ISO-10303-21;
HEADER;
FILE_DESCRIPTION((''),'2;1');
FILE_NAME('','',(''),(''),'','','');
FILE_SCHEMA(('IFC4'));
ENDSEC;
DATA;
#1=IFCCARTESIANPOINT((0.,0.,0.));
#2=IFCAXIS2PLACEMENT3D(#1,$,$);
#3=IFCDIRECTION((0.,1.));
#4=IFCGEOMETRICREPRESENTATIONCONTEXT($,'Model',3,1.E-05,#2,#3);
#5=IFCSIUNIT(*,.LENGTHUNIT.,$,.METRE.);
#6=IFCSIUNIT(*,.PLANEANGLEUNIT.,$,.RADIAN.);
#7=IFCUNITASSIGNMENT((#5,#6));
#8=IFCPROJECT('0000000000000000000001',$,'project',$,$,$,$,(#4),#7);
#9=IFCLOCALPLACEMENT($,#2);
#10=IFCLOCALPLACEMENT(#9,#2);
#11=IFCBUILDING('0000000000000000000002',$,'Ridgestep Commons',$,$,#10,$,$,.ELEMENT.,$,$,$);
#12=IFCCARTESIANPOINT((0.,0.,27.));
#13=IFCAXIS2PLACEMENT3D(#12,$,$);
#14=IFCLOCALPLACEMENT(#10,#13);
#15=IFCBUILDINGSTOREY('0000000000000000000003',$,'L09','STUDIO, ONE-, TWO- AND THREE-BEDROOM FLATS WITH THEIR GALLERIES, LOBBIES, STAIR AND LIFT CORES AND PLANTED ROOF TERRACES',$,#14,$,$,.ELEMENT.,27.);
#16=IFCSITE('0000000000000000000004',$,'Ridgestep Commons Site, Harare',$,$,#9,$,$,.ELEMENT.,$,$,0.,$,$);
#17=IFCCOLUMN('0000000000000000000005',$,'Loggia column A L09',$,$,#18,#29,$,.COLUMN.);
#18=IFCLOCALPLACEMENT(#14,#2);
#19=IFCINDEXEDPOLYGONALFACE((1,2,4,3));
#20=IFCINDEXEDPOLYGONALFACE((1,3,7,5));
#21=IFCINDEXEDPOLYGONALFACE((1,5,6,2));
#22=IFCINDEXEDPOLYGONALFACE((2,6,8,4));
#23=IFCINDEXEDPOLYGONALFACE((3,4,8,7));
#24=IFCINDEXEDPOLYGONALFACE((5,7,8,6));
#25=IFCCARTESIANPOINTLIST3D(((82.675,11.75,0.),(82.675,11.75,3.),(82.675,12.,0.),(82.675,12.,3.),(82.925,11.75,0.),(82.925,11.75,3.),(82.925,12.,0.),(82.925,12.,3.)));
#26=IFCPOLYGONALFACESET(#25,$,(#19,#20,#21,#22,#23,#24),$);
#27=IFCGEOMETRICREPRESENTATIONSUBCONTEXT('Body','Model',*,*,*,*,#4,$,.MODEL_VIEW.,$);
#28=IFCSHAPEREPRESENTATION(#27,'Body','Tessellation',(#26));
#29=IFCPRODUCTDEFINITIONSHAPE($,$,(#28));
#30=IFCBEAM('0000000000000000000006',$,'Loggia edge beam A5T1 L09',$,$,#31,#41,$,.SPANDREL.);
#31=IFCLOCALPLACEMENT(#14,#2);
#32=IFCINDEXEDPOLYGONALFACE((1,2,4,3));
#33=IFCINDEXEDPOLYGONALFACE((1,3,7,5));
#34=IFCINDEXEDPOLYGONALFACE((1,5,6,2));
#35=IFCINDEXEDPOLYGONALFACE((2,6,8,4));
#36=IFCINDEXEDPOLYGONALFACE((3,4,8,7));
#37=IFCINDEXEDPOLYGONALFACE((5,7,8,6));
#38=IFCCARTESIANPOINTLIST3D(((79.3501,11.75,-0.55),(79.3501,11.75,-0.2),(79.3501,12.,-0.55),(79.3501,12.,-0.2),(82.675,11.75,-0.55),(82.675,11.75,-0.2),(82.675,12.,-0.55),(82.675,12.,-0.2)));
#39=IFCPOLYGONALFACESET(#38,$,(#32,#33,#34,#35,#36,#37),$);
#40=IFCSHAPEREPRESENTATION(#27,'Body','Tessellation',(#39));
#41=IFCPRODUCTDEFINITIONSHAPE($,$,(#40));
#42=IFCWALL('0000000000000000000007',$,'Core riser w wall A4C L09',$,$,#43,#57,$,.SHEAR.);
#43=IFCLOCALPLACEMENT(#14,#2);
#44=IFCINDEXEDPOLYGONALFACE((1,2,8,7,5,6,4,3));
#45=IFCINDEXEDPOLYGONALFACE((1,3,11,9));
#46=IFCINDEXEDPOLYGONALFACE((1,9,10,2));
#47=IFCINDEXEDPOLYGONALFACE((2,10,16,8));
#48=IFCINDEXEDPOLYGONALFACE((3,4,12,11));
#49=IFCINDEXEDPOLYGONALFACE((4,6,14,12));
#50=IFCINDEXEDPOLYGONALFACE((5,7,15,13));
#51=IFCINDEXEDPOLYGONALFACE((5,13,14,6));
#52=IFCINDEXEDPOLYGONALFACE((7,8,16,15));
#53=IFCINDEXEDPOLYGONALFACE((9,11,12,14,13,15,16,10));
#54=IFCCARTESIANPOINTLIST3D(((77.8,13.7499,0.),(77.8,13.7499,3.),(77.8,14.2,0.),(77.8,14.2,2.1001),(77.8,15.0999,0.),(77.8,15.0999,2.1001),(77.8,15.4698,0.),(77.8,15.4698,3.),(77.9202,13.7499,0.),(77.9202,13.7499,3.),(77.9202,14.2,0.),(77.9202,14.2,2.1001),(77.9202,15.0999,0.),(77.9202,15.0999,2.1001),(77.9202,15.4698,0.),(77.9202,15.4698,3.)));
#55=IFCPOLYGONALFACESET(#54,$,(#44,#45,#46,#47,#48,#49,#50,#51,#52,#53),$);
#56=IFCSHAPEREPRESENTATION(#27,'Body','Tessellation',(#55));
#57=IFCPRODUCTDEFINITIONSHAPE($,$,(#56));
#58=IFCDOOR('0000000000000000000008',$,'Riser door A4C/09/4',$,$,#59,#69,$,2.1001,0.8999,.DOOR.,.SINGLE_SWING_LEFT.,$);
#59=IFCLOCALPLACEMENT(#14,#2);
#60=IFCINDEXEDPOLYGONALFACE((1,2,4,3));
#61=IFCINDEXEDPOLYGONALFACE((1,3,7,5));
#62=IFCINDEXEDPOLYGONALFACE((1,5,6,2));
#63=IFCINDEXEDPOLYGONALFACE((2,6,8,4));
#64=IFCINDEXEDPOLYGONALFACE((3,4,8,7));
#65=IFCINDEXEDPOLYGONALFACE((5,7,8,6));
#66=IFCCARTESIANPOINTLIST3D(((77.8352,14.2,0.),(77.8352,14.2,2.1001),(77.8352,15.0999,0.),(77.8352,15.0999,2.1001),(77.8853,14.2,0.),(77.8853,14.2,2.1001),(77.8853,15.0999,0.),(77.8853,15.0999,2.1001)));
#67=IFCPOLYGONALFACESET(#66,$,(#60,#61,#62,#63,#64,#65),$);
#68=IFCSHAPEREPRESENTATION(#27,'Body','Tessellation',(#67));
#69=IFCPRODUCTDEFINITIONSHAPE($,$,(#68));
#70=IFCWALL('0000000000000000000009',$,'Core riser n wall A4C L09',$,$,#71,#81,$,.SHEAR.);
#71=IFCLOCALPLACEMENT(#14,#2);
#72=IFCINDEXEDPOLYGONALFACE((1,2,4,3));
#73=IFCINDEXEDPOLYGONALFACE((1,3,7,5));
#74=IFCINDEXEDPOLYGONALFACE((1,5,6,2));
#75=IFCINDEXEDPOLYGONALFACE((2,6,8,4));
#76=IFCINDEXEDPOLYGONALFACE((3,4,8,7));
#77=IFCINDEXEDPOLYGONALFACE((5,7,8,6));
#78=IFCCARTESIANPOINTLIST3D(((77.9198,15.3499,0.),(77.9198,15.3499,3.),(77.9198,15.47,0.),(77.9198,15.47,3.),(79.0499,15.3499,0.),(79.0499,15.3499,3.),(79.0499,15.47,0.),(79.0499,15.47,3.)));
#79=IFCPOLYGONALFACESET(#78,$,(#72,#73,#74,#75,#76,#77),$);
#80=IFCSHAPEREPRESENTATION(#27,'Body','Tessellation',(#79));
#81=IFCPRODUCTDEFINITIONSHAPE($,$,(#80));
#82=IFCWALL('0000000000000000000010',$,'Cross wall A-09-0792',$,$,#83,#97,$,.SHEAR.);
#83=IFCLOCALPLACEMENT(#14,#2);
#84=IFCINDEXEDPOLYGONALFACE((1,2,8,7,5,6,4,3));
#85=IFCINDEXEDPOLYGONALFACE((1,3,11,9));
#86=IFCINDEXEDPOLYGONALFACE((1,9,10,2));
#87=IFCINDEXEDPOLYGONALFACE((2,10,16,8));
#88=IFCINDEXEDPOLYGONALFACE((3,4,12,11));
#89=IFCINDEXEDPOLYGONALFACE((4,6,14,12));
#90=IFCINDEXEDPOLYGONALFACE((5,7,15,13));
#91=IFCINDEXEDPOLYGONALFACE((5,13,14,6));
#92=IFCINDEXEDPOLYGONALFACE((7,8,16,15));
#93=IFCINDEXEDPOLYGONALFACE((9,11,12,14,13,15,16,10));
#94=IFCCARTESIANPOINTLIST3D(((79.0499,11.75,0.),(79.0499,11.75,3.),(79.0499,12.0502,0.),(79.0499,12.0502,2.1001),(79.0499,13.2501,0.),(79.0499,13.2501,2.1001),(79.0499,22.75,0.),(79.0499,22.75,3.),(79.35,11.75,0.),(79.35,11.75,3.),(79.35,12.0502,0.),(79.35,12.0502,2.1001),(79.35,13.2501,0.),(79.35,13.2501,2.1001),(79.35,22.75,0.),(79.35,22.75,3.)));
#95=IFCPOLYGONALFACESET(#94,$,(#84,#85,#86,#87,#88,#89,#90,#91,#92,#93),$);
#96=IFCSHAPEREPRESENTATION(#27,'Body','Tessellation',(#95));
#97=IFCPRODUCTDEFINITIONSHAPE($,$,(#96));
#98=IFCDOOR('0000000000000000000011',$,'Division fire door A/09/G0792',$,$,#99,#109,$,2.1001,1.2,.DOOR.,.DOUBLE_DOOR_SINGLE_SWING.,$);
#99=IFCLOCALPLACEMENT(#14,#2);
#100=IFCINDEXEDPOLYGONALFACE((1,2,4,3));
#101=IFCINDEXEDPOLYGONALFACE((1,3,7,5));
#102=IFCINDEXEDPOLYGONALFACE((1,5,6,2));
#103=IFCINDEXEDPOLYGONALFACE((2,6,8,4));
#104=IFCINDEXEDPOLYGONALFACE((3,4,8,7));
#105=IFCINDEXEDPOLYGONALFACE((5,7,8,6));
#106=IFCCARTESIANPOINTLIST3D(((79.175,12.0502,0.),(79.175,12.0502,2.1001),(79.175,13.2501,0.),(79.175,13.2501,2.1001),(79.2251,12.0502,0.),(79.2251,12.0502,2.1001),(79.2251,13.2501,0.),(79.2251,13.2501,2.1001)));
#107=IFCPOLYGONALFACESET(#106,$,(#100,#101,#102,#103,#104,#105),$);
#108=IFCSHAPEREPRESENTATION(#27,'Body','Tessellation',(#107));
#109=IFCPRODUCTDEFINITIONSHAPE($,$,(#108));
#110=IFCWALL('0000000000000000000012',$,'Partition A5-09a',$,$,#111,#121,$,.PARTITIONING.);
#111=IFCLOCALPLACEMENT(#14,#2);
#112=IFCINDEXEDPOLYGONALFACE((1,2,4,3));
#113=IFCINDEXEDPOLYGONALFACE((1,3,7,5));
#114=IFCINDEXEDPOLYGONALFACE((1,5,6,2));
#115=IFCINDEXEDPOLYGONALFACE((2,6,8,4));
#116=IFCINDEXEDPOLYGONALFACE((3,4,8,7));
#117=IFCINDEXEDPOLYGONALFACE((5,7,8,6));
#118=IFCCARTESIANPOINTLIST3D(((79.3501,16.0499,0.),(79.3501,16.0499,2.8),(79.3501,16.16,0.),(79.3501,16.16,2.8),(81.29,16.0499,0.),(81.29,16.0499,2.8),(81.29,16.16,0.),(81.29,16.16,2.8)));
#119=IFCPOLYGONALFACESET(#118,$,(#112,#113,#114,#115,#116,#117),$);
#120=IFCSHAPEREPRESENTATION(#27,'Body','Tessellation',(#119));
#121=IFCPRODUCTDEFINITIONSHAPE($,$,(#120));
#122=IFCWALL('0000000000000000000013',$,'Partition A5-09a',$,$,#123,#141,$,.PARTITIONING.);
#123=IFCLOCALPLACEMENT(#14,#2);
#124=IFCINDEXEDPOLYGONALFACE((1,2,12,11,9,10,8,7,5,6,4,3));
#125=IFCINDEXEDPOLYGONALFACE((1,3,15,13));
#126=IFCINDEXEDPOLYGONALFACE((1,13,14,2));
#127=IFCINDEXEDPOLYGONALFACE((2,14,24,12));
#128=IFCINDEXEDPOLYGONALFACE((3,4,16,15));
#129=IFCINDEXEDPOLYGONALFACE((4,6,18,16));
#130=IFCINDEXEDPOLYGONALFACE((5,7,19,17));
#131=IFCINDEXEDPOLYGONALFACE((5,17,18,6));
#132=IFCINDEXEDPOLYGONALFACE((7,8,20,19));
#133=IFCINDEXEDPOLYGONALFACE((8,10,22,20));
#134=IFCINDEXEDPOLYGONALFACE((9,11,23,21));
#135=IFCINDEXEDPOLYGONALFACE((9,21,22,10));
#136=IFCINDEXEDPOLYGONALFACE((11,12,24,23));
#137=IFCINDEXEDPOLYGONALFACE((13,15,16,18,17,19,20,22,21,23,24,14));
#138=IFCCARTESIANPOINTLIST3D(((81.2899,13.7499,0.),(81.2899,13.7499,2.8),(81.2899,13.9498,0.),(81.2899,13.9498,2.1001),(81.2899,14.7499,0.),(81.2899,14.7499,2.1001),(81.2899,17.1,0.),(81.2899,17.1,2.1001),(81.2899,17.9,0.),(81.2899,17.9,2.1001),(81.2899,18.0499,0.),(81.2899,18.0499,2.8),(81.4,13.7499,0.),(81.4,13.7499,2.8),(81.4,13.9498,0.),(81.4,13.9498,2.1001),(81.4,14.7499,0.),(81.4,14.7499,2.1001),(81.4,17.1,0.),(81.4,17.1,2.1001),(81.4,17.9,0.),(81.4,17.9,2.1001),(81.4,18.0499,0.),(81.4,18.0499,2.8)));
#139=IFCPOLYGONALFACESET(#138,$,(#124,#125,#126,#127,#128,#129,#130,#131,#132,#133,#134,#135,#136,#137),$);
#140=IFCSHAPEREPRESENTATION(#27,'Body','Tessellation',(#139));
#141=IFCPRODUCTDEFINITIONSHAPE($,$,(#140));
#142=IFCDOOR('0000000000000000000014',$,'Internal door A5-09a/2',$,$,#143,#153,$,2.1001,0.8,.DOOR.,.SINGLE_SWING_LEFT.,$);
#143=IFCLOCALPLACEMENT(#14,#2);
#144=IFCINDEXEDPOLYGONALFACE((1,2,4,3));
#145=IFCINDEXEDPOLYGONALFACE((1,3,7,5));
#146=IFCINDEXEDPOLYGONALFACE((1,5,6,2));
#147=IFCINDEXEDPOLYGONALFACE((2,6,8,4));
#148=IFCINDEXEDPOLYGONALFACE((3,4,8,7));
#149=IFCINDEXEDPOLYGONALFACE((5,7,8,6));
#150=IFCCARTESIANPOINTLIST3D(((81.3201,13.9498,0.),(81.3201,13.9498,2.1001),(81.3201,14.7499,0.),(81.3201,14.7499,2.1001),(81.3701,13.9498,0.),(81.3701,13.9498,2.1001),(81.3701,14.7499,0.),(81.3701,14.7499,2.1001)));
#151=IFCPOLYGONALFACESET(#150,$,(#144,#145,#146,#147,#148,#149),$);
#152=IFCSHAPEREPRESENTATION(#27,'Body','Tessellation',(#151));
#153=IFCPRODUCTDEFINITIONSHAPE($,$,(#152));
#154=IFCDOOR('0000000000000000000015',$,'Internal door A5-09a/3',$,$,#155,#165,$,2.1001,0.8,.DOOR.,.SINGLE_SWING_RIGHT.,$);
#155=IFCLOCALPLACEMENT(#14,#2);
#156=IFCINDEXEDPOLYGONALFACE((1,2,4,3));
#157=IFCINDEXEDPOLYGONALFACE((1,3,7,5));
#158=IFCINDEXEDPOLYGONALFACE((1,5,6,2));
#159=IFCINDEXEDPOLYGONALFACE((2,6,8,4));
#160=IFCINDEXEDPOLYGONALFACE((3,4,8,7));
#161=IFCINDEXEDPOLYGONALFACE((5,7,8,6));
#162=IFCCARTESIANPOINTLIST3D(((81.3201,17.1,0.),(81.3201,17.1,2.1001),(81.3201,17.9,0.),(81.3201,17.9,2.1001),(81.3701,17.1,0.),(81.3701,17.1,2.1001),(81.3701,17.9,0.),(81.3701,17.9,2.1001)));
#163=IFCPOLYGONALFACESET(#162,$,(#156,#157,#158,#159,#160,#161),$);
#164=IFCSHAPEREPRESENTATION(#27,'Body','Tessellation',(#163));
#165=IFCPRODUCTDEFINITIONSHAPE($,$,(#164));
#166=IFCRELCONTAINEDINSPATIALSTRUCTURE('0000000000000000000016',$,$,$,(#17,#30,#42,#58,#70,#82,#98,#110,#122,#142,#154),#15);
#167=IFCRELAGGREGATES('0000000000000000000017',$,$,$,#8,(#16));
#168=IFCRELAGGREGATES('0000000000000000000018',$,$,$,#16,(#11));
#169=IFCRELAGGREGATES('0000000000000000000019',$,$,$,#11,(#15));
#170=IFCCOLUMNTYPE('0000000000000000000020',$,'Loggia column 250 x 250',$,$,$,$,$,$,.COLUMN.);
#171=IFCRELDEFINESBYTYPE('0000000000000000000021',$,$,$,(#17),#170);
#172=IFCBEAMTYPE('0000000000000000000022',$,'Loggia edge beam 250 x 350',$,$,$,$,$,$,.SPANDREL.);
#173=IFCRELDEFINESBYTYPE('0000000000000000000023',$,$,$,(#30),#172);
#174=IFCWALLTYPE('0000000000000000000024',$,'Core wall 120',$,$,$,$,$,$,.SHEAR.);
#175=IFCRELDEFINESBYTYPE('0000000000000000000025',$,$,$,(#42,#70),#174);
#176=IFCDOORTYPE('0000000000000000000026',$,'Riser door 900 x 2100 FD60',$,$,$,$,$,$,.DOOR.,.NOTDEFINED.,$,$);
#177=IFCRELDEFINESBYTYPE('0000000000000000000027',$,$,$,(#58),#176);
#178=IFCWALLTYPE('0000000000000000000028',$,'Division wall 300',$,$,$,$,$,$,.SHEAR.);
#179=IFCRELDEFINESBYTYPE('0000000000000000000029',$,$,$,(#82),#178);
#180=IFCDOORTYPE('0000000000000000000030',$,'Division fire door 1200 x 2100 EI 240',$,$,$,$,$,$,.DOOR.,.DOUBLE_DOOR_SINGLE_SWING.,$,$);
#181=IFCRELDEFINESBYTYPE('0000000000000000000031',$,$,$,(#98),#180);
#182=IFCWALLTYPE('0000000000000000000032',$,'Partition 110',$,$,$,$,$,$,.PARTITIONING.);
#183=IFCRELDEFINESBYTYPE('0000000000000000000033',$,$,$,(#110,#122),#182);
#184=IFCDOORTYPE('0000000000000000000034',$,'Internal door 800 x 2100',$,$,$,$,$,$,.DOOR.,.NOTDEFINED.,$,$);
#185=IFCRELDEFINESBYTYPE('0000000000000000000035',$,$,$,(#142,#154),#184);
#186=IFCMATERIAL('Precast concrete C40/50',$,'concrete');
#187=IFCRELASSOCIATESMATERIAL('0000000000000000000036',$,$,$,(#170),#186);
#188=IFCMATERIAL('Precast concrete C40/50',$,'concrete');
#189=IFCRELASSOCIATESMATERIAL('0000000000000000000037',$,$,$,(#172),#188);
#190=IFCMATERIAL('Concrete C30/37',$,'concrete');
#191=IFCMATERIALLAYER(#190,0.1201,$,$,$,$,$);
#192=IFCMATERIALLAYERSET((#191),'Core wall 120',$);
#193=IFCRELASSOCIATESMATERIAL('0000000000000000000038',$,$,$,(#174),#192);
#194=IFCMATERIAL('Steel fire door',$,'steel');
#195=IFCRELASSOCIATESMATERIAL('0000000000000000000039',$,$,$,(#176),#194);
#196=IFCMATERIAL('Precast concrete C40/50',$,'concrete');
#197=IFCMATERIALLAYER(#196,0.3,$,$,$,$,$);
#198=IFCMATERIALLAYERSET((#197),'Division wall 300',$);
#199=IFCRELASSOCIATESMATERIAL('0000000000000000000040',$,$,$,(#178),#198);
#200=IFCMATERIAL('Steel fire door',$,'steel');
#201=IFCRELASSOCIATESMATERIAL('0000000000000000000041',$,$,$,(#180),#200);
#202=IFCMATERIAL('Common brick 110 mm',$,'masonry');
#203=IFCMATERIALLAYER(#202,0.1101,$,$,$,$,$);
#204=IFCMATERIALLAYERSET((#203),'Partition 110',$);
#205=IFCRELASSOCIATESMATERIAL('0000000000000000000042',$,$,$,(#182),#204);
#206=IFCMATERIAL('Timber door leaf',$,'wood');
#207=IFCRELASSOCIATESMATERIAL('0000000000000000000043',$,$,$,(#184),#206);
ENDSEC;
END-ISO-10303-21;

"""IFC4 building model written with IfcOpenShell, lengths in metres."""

from ifc_helpers import new_model, si_unit, direction, frame, frame_2d, origin, origin_2d, place, context, subcontext, project, spatial, rectangle, extrude, material, layer, layer_set, material_profile, profile_set, type_object, element, fill, save


model = new_model("IFC4")

# Units and contexts
model_context = context("Model", 3, precision=1e-05, world=origin(), true_north=direction((0.0, 1.0)))
body_context = subcontext(model_context, "Body", "Model", "MODEL_VIEW")
ifc_project = project(units=[si_unit("LENGTHUNIT", "METRE"), si_unit("PLANEANGLEUNIT", "RADIAN")], contexts=[model_context])

# Site, building, storey
site_placement = place(None, origin())
site = spatial("IfcSite", under=ifc_project, at=site_placement, Name="Ridgestep Commons Site, Harare", CompositionType="ELEMENT", RefElevation=0.0)
building_placement = place(site_placement, origin())
building = spatial("IfcBuilding", under=site, at=building_placement, Name="Ridgestep Commons", CompositionType="ELEMENT")
storey_placement = place(building_placement, frame((0.0, 0.0, 27.0)))
storey = spatial("IfcBuildingStorey", under=building, at=storey_placement, Name="L09", Description="STUDIO, ONE-, TWO- AND THREE-BEDROOM FLATS WITH THEIR GALLERIES, LOBBIES, STAIR AND LIFT CORES AND PLANTED ROOF TERRACES", CompositionType="ELEMENT", Elevation=27.0)

# Column
ifc_material_1 = material(Name="Precast concrete C40/50", Category="concrete")
ifc_material_profile_1 = material_profile(ifc_material_1, rectangle(XDim=0.25, YDim=0.25, at=origin_2d()), Name="PC 250x250")
ifc_profile_set_1 = profile_set([ifc_material_profile_1], Name="Precast concrete C40/50")
column_type = type_object("IfcColumnType", Name="Loggia column 250 x 250", PredefinedType="COLUMN", material=ifc_profile_set_1)
column_placement = place(storey_placement, frame((82.8, 11.875, 0.0), z_axis=(0.0, 0.0, 1.0), x_axis=(1.0, 0.0, 0.0)))
element("IfcColumn", 1, at=column_placement, inside=storey, type_object=column_type, Name="Loggia column A L09", PredefinedType="COLUMN", context=body_context, shape_type="SweptSolid", body=[
    extrude(rectangle(XDim=0.25, YDim=0.25, at=origin_2d()), origin(), (0.0, 0.0, 1.0), 3.0),
])

# Beam
ifc_material_2 = material(Name="Precast concrete C40/50", Category="concrete")
ifc_material_profile_2 = material_profile(ifc_material_2, rectangle(XDim=0.25, YDim=0.3501, at=origin_2d()), Name="PC 250x350")
ifc_profile_set_2 = profile_set([ifc_material_profile_2], Name="Precast concrete C40/50")
beam_type = type_object("IfcBeamType", Name="Loggia edge beam 250 x 350", PredefinedType="SPANDREL", material=ifc_profile_set_2)
beam_placement = place(storey_placement, frame((79.3501, 11.875, -0.375), z_axis=(1.0, 0.0, 0.0), x_axis=(0.0, 1.0, 0.0)))
element("IfcBeam", 2, at=beam_placement, inside=storey, type_object=beam_type, Name="Loggia edge beam A5T1 L09", PredefinedType="SPANDREL", context=body_context, shape_type="SweptSolid", body=[
    extrude(rectangle(XDim=0.25, YDim=0.3501, at=origin_2d()), origin(), (0.0, 0.0, 1.0), 3.325),
])

# Wall, opening, door
ifc_material_3 = material(Name="Concrete C30/37", Category="concrete")
ifc_layer_1 = layer(ifc_material_3, 0.1201)
ifc_layer_set_1 = layer_set([ifc_layer_1], Name="Core wall 120")
wall_type_1 = type_object("IfcWallType", Name="Core wall 120", PredefinedType="SHEAR", material=ifc_layer_set_1)
wall_1_placement = place(storey_placement, frame((77.8601, 13.75, 0.0), z_axis=(0.0, 0.0, 1.0), x_axis=(0.0, 1.0, 0.0)))
wall_1 = element("IfcWall", 3, at=wall_1_placement, inside=storey, type_object=wall_type_1, Name="Core riser w wall A4C L09", PredefinedType="SHEAR", context=body_context, shape_type="SweptSolid", body=[
    extrude(rectangle(XDim=1.72, YDim=0.1201, at=frame_2d((0.8599, 0.0))), origin(), (0.0, 0.0, 1.0), 3.0),
])
opening_1_placement = place(wall_1_placement, frame((0.45, 0.0, 0.0)))
opening_1 = element("IfcOpeningElement", 4, at=opening_1_placement, cuts=wall_1, PredefinedType="OPENING", context=body_context, shape_type="SweptSolid", body=[
    extrude(rectangle(XDim=0.8999, YDim=2.1001, at=frame_2d((0.45, 1.05))), frame((0.0, 0.0701, 0.0), z_axis=(0.0, -1.0, 0.0), x_axis=(1.0, 0.0, 0.0)), (0.0, 0.0, 1.0), 0.1401),
])
ifc_material_4 = material(Name="Steel fire door", Category="steel")
door_type_1 = type_object("IfcDoorType", Name="Riser door 900 x 2100 FD60", OperationType="NOTDEFINED", PredefinedType="DOOR", material=ifc_material_4)
door_1_placement = place(opening_1_placement, origin())
door_1 = element("IfcDoor", 5, at=door_1_placement, inside=storey, type_object=door_type_1, Name="Riser door A4C/09/4", OperationType="SINGLE_SWING_LEFT", OverallHeight=2.1001, OverallWidth=0.8999, PredefinedType="DOOR", context=body_context, shape_type="SweptSolid", body=[
    extrude(rectangle(XDim=0.8999, YDim=2.1001, at=frame_2d((0.45, 1.05))), frame((0.0, 0.0249, 0.0), z_axis=(0.0, -1.0, 0.0), x_axis=(1.0, 0.0, 0.0)), (0.0, 0.0, 1.0), 0.05),
])
fill(opening_1, door_1)

# Wall
wall_2_placement = place(storey_placement, frame((77.9199, 15.4099, 0.0), z_axis=(0.0, 0.0, 1.0), x_axis=(1.0, 0.0, 0.0)))
element("IfcWall", 6, at=wall_2_placement, inside=storey, type_object=wall_type_1, Name="Core riser n wall A4C L09", PredefinedType="SHEAR", context=body_context, shape_type="SweptSolid", body=[
    extrude(rectangle(XDim=1.1301, YDim=0.1201, at=frame_2d((0.5649, 0.0))), origin(), (0.0, 0.0, 1.0), 3.0),
])

# Wall, opening, door
ifc_material_5 = material(Name="Precast concrete C40/50", Category="concrete")
ifc_layer_2 = layer(ifc_material_5, 0.3)
ifc_layer_set_2 = layer_set([ifc_layer_2], Name="Division wall 300")
wall_type_2 = type_object("IfcWallType", Name="Division wall 300", PredefinedType="SHEAR", material=ifc_layer_set_2)
wall_3_placement = place(storey_placement, frame((79.2, 11.75, 0.0), z_axis=(0.0, 0.0, 1.0), x_axis=(0.0, 1.0, 0.0)))
wall_3 = element("IfcWall", 7, at=wall_3_placement, inside=storey, type_object=wall_type_2, Name="Cross wall A-09-0792", PredefinedType="SHEAR", context=body_context, shape_type="SweptSolid", body=[
    extrude(rectangle(XDim=11.0, YDim=0.3, at=frame_2d((5.5, 0.0))), origin(), (0.0, 0.0, 1.0), 3.0),
])
opening_2_placement = place(wall_3_placement, frame((0.3, 0.0, 0.0)))
opening_2 = element("IfcOpeningElement", 8, at=opening_2_placement, cuts=wall_3, PredefinedType="OPENING", context=body_context, shape_type="SweptSolid", body=[
    extrude(rectangle(XDim=1.2, YDim=2.1001, at=frame_2d((0.6001, 1.05))), frame((0.0, 0.1599, 0.0), z_axis=(0.0, -1.0, 0.0), x_axis=(1.0, 0.0, 0.0)), (0.0, 0.0, 1.0), 0.3201),
])
ifc_material_6 = material(Name="Steel fire door", Category="steel")
door_type_2 = type_object("IfcDoorType", Name="Division fire door 1200 x 2100 EI 240", OperationType="DOUBLE_DOOR_SINGLE_SWING", PredefinedType="DOOR", material=ifc_material_6)
door_2_placement = place(opening_2_placement, origin())
door_2 = element("IfcDoor", 9, at=door_2_placement, inside=storey, type_object=door_type_2, Name="Division fire door A/09/G0792", OperationType="DOUBLE_DOOR_SINGLE_SWING", OverallHeight=2.1001, OverallWidth=1.2, PredefinedType="DOOR", context=body_context, shape_type="SweptSolid", body=[
    extrude(rectangle(XDim=1.2, YDim=2.1001, at=frame_2d((0.6001, 1.05))), frame((0.0, 0.0249, 0.0), z_axis=(0.0, -1.0, 0.0), x_axis=(1.0, 0.0, 0.0)), (0.0, 0.0, 1.0), 0.05),
])
fill(opening_2, door_2)

# Wall
ifc_material_7 = material(Name="Common brick 110 mm", Category="masonry")
ifc_layer_3 = layer(ifc_material_7, 0.1101)
ifc_layer_set_3 = layer_set([ifc_layer_3], Name="Partition 110")
wall_type_3 = type_object("IfcWallType", Name="Partition 110", PredefinedType="PARTITIONING", material=ifc_layer_set_3)
wall_4_placement = place(storey_placement, frame((79.3501, 16.105, 0.0), z_axis=(0.0, 0.0, 1.0), x_axis=(1.0, 0.0, 0.0)))
element("IfcWall", 10, at=wall_4_placement, inside=storey, type_object=wall_type_3, Name="Partition A5-09a", PredefinedType="PARTITIONING", context=body_context, shape_type="SweptSolid", body=[
    extrude(rectangle(XDim=1.9399, YDim=0.1101, at=frame_2d((0.97, 0.0))), origin(), (0.0, 0.0, 1.0), 2.8),
])

# Wall, openings, doors
wall_5_placement = place(storey_placement, frame((81.345, 13.75, 0.0), z_axis=(0.0, 0.0, 1.0), x_axis=(0.0, 1.0, 0.0)))
wall_5 = element("IfcWall", 11, at=wall_5_placement, inside=storey, type_object=wall_type_3, Name="Partition A5-09a", PredefinedType="PARTITIONING", context=body_context, shape_type="SweptSolid", body=[
    extrude(rectangle(XDim=4.3, YDim=0.1101, at=frame_2d((2.1499, 0.0))), origin(), (0.0, 0.0, 1.0), 2.8),
])
opening_3_placement = place(wall_5_placement, frame((0.2, 0.0, 0.0)))
opening_3 = element("IfcOpeningElement", 12, at=opening_3_placement, cuts=wall_5, PredefinedType="OPENING", context=body_context, shape_type="SweptSolid", body=[
    extrude(rectangle(XDim=0.8, YDim=2.1001, at=frame_2d((0.3999, 1.05))), frame((0.0, 0.0649, 0.0), z_axis=(0.0, -1.0, 0.0), x_axis=(1.0, 0.0, 0.0)), (0.0, 0.0, 1.0), 0.1301),
])
opening_4_placement = place(wall_5_placement, frame((3.3501, 0.0, 0.0)))
opening_4 = element("IfcOpeningElement", 13, at=opening_4_placement, cuts=wall_5, PredefinedType="OPENING", context=body_context, shape_type="SweptSolid", body=[
    extrude(rectangle(XDim=0.8, YDim=2.1001, at=frame_2d((0.3999, 1.05))), frame((0.0, 0.0649, 0.0), z_axis=(0.0, -1.0, 0.0), x_axis=(1.0, 0.0, 0.0)), (0.0, 0.0, 1.0), 0.1301),
])
ifc_material_8 = material(Name="Timber door leaf", Category="wood")
door_type_3 = type_object("IfcDoorType", Name="Internal door 800 x 2100", OperationType="NOTDEFINED", PredefinedType="DOOR", material=ifc_material_8)
door_3_placement = place(opening_3_placement, origin())
door_3 = element("IfcDoor", 14, at=door_3_placement, inside=storey, type_object=door_type_3, Name="Internal door A5-09a/2", OperationType="SINGLE_SWING_LEFT", OverallHeight=2.1001, OverallWidth=0.8, PredefinedType="DOOR", context=body_context, shape_type="SweptSolid", body=[
    extrude(rectangle(XDim=0.8, YDim=2.1001, at=frame_2d((0.3999, 1.05))), frame((0.0, 0.0249, 0.0), z_axis=(0.0, -1.0, 0.0), x_axis=(1.0, 0.0, 0.0)), (0.0, 0.0, 1.0), 0.05),
])
fill(opening_3, door_3)
door_4_placement = place(opening_4_placement, origin())
door_4 = element("IfcDoor", 15, at=door_4_placement, inside=storey, type_object=door_type_3, Name="Internal door A5-09a/3", OperationType="SINGLE_SWING_RIGHT", OverallHeight=2.1001, OverallWidth=0.8, PredefinedType="DOOR", context=body_context, shape_type="SweptSolid", body=[
    extrude(rectangle(XDim=0.8, YDim=2.1001, at=frame_2d((0.3999, 1.05))), frame((0.0, 0.0249, 0.0), z_axis=(0.0, -1.0, 0.0), x_axis=(1.0, 0.0, 0.0)), (0.0, 0.0, 1.0), 0.05),
])
fill(opening_4, door_4)

save(model, "model.ifc")
